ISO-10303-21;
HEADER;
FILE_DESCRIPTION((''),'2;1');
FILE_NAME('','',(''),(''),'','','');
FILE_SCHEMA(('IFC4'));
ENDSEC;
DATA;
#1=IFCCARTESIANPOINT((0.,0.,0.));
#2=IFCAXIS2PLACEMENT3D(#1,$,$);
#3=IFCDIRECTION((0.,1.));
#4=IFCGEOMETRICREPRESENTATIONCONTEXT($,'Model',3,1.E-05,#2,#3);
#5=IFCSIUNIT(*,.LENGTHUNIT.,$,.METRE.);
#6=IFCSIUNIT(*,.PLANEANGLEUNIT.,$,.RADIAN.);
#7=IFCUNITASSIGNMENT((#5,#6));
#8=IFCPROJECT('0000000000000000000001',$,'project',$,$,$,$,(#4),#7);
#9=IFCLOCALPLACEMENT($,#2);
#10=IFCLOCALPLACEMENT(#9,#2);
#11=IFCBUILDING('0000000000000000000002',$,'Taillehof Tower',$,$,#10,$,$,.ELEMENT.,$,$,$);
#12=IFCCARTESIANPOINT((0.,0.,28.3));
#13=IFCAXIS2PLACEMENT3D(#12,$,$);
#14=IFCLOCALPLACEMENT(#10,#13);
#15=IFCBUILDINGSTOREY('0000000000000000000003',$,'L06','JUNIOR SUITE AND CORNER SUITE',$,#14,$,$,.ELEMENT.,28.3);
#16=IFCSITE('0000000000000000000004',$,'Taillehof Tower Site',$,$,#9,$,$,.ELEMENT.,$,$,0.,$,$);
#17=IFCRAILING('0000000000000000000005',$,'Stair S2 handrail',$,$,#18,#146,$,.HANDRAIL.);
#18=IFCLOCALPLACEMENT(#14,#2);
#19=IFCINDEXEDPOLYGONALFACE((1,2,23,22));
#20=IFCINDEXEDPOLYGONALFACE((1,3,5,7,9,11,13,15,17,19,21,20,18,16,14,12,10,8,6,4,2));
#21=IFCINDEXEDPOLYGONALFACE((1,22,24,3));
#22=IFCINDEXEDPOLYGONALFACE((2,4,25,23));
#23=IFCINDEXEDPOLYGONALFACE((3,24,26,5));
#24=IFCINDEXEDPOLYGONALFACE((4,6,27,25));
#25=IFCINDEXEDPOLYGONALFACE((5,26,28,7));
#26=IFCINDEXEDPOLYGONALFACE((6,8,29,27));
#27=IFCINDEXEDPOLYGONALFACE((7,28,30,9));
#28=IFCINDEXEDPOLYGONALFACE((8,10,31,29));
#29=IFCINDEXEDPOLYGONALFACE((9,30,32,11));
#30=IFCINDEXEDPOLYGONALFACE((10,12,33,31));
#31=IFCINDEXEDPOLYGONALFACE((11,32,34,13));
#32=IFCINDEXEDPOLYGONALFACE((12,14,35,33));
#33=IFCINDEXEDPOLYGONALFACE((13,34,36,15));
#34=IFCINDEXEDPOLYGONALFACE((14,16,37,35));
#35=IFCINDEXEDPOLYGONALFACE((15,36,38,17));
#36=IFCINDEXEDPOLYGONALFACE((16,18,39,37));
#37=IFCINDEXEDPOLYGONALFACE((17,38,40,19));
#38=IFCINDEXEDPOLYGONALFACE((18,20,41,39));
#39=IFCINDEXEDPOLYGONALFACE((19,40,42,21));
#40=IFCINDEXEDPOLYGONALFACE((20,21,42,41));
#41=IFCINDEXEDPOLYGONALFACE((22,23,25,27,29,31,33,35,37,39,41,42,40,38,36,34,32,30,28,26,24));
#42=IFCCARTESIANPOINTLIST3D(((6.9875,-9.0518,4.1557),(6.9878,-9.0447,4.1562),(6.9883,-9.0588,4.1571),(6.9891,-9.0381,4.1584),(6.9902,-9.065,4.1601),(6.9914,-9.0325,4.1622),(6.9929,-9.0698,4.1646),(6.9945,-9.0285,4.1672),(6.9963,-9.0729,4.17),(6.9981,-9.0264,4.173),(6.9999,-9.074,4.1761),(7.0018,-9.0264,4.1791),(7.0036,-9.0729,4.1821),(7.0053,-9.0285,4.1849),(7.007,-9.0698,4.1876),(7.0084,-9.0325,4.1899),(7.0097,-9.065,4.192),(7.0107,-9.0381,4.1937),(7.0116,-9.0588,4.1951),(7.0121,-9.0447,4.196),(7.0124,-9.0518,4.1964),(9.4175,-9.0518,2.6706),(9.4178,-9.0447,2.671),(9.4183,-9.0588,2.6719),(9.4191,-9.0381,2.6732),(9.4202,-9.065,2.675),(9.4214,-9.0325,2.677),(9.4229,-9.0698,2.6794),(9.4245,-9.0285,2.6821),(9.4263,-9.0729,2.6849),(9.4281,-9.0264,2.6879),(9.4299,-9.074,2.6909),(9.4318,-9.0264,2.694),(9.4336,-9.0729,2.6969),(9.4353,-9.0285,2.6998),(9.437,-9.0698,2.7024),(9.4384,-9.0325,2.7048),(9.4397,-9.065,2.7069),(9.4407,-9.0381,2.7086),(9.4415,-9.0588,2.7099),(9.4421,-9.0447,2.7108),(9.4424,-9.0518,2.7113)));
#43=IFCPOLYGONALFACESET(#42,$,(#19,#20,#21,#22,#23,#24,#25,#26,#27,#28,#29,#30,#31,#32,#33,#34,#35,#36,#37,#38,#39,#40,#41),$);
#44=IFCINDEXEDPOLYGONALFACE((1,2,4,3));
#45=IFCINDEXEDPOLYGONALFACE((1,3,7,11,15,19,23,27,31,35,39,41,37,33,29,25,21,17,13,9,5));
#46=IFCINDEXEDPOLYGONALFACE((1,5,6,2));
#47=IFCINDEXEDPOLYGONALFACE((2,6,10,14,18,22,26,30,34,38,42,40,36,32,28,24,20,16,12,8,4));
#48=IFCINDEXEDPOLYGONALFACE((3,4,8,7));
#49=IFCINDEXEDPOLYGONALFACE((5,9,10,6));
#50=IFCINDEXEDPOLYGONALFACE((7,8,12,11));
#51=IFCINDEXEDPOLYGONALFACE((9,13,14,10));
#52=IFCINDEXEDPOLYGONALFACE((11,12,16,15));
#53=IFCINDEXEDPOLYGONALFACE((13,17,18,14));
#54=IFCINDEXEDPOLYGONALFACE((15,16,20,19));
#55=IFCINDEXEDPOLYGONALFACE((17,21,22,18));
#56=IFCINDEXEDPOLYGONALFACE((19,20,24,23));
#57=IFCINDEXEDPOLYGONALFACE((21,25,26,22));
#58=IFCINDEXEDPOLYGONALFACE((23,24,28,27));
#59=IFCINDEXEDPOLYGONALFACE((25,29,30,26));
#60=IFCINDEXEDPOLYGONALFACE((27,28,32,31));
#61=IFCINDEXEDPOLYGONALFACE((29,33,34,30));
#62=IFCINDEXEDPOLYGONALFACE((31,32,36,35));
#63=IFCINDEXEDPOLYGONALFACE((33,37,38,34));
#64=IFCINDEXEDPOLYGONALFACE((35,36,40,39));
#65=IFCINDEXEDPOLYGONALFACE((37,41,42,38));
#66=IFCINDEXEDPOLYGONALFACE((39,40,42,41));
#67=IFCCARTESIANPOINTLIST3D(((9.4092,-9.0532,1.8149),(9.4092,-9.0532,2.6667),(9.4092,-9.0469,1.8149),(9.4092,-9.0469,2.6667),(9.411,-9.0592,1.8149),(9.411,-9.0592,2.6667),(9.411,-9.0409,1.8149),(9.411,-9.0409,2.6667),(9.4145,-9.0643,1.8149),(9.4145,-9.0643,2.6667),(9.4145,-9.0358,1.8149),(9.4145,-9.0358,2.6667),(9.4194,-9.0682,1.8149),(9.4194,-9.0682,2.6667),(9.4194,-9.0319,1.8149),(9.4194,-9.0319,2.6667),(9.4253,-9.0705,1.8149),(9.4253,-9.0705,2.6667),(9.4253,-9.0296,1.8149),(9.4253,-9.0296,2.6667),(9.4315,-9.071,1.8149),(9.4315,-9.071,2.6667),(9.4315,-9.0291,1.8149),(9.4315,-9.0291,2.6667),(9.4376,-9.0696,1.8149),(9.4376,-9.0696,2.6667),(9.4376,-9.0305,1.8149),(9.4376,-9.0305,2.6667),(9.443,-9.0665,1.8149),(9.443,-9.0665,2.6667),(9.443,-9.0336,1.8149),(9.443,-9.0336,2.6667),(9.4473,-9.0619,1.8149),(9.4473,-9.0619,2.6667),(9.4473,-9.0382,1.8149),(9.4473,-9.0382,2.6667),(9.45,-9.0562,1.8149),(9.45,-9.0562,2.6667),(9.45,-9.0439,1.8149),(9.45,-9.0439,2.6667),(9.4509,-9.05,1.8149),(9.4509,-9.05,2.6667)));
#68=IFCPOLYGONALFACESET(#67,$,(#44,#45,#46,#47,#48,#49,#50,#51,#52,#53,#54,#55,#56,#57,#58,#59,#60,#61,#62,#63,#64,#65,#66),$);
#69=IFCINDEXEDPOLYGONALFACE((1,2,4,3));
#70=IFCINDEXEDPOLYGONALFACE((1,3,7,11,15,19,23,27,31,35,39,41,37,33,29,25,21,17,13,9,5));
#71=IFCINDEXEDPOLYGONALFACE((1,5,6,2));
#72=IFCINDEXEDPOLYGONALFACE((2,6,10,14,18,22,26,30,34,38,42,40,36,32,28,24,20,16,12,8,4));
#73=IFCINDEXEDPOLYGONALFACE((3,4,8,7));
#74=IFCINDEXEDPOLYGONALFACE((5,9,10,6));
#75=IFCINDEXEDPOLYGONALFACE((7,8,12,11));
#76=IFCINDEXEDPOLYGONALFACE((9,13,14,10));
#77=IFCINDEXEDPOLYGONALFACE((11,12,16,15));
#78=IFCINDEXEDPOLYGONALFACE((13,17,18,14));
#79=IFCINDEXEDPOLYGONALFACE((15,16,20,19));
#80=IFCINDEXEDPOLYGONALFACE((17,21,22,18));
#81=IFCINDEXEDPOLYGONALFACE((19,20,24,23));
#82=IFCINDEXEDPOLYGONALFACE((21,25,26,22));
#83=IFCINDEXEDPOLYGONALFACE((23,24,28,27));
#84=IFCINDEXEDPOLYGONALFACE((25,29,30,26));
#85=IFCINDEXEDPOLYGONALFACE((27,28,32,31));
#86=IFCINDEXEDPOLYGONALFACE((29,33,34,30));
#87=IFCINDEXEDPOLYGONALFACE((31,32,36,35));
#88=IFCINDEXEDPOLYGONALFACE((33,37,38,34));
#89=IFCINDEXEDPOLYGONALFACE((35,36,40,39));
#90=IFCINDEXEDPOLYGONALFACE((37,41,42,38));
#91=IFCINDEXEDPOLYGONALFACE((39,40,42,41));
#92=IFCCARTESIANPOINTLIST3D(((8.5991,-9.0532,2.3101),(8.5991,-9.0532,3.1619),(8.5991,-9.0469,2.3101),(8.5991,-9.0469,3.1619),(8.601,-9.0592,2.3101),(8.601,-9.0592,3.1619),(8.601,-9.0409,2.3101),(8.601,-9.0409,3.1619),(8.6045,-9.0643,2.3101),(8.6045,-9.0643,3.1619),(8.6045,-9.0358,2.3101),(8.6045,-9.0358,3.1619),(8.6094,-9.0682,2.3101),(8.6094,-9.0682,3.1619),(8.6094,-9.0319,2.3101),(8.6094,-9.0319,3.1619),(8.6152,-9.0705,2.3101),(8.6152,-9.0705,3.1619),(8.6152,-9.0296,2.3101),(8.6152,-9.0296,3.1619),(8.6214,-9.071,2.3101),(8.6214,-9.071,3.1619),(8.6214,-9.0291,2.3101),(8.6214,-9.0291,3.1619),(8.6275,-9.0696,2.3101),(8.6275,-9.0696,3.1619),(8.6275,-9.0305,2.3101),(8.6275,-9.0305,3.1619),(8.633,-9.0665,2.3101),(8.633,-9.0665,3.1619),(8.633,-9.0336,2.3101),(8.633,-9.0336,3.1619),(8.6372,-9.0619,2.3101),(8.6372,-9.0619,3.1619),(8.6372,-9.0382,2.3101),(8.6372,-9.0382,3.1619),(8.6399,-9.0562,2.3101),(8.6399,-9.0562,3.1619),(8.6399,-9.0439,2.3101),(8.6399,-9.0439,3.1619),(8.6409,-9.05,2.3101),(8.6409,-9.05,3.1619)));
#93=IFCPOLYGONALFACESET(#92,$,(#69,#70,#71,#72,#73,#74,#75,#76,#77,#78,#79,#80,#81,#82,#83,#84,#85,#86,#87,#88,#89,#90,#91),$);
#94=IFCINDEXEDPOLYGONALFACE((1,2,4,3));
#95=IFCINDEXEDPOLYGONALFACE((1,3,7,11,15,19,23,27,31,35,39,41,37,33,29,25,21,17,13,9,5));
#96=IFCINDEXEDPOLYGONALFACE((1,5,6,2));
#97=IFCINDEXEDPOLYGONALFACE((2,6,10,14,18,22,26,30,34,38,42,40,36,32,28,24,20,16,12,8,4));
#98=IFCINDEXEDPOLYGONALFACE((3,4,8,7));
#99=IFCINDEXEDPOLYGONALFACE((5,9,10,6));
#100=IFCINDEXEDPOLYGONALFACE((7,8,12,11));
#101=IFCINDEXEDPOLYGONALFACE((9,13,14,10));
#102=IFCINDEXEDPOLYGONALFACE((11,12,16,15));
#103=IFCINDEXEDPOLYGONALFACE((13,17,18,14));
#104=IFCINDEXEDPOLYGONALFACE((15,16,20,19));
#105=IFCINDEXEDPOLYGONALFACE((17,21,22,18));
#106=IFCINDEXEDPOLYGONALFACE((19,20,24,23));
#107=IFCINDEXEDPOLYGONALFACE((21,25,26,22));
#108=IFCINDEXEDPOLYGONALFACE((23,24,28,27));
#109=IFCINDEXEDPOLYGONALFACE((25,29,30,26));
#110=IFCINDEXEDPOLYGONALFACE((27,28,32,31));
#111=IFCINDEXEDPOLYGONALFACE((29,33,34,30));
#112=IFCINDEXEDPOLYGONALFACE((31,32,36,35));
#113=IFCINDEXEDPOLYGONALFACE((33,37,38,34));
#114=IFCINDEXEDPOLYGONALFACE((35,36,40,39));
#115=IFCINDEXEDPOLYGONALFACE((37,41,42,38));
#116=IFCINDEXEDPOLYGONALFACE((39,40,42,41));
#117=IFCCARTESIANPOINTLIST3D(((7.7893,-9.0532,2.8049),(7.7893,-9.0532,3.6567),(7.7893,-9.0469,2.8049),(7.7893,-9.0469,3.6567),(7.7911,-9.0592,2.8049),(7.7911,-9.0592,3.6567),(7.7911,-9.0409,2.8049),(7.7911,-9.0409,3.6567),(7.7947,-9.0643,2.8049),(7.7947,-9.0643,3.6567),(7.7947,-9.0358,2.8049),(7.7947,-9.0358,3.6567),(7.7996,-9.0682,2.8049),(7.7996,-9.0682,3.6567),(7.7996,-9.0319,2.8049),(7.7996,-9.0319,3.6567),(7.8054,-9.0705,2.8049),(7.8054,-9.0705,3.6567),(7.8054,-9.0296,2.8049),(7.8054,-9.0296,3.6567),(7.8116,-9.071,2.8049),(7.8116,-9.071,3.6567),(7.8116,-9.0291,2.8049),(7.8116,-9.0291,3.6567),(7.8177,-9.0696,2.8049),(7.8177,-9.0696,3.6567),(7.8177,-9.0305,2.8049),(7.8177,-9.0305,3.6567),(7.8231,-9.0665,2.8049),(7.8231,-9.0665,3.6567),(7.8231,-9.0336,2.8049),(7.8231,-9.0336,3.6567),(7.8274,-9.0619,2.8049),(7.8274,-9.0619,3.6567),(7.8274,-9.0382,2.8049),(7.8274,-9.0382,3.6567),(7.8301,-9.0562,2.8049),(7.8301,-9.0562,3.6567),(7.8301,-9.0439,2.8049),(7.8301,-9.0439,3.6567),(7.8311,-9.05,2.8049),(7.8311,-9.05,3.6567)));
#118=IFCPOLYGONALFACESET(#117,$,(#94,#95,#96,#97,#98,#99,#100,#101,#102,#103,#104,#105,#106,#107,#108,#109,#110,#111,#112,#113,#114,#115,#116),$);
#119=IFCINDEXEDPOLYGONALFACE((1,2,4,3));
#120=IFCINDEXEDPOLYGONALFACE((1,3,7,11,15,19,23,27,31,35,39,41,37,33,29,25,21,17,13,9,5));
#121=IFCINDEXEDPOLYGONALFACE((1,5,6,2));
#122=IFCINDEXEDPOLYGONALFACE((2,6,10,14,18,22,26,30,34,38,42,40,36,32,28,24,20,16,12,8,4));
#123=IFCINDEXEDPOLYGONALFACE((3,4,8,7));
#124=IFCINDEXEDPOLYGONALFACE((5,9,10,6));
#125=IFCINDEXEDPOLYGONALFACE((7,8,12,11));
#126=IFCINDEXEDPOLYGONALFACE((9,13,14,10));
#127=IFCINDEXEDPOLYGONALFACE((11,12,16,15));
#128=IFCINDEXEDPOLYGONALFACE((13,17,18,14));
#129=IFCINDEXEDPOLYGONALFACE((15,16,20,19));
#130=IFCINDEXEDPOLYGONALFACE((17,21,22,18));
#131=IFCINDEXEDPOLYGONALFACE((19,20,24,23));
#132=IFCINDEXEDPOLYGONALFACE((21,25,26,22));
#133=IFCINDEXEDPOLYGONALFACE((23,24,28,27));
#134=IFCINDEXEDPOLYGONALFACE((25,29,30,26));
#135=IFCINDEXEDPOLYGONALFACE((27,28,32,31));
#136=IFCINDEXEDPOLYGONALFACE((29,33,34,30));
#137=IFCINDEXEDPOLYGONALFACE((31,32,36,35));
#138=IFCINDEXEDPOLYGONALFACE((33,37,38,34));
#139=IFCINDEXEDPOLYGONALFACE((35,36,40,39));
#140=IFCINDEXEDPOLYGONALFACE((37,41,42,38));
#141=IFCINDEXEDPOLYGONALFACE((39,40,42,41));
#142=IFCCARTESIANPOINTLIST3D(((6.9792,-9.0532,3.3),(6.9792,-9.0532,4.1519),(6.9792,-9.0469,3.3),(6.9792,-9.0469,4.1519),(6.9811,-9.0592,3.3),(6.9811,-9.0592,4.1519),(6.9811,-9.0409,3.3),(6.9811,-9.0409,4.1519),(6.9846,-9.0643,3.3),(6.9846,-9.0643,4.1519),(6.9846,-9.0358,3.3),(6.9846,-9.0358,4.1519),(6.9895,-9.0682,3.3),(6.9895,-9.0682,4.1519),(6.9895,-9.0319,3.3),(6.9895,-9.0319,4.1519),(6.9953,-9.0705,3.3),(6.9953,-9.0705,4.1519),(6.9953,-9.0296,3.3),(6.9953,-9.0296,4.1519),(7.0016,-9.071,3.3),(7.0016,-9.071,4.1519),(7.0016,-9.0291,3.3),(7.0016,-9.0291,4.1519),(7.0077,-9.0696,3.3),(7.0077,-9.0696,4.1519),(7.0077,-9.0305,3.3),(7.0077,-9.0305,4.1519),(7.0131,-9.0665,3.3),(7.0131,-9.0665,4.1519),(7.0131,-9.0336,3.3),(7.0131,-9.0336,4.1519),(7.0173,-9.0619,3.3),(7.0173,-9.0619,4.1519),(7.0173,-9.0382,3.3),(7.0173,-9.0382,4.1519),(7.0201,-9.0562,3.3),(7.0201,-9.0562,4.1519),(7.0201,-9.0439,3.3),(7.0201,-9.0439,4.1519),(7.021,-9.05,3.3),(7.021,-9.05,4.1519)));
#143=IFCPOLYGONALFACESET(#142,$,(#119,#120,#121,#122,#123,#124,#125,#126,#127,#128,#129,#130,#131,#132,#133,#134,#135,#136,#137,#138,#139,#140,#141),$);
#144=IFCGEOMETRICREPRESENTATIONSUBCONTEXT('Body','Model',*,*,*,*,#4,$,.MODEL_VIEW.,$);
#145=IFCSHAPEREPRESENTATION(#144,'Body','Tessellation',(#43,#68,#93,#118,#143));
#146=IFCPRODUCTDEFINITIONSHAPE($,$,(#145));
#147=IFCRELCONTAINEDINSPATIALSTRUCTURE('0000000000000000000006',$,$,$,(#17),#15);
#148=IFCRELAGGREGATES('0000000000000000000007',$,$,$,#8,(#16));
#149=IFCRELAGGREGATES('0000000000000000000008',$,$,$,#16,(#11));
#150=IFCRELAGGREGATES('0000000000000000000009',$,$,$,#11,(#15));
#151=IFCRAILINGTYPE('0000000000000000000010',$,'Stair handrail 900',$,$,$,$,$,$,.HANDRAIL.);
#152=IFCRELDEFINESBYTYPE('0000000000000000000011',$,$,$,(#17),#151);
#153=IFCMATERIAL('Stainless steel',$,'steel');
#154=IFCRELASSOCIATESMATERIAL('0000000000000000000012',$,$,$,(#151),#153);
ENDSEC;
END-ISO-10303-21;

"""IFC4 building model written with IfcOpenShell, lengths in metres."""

from ifc_helpers import new_model, si_unit, direction, frame, origin, origin_2d, place, context, subcontext, project, spatial, circle, extrude, material, type_object, element, save


model = new_model("IFC4")

# Units and contexts
model_context = context("Model", 3, precision=1e-05, world=origin(), true_north=direction((0.0, 1.0)))
body_context = subcontext(model_context, "Body", "Model", "MODEL_VIEW")
ifc_project = project(units=[si_unit("LENGTHUNIT", "METRE"), si_unit("PLANEANGLEUNIT", "RADIAN")], contexts=[model_context])

# Site, building, storey
site_placement = place(None, origin())
site = spatial("IfcSite", under=ifc_project, at=site_placement, Name="Taillehof Tower Site", CompositionType="ELEMENT", RefElevation=0.0)
building_placement = place(site_placement, origin())
building = spatial("IfcBuilding", under=site, at=building_placement, Name="Taillehof Tower", CompositionType="ELEMENT")
storey_placement = place(building_placement, frame((0.0, 0.0, 28.3)))
storey = spatial("IfcBuildingStorey", under=building, at=storey_placement, Name="L06", Description="JUNIOR SUITE AND CORNER SUITE", CompositionType="ELEMENT", Elevation=28.3)

# Railing
ifc_material_1 = material(Name="Stainless steel", Category="steel")
railing_type = type_object("IfcRailingType", Name="Stair handrail 900", PredefinedType="HANDRAIL", material=ifc_material_1)
railing_1_placement = place(storey_placement, frame((9.4299, -9.05, 1.8149)))
element("IfcRailing", 1, at=railing_1_placement, inside=storey, type_object=railing_type, Name="Stair S2 handrail", PredefinedType="HANDRAIL", context=body_context, shape_type="SweptSolid", body=[
    extrude(circle(Radius=0.0239, at=origin_2d()), frame((0.0, 0.0, 0.876), z_axis=(-0.853259, 0.0, 0.521488), x_axis=(0.0, -1.0, 0.0)), (0.0, 0.0, 1.0), 2.8479),
    extrude(circle(Radius=0.021, at=origin_2d()), origin(), (0.0, 0.0, 1.0), 0.8518),
    extrude(circle(Radius=0.021, at=origin_2d()), frame((-0.8101, 0.0, 0.4951)), (0.0, 0.0, 1.0), 0.8518),
    extrude(circle(Radius=0.021, at=origin_2d()), frame((-1.6199, 0.0, 0.99)), (0.0, 0.0, 1.0), 0.8518),
    extrude(circle(Radius=0.021, at=origin_2d()), frame((-2.4299, 0.0, 1.4851)), (0.0, 0.0, 1.0), 0.8518),
])

save(model, "model.ifc")
